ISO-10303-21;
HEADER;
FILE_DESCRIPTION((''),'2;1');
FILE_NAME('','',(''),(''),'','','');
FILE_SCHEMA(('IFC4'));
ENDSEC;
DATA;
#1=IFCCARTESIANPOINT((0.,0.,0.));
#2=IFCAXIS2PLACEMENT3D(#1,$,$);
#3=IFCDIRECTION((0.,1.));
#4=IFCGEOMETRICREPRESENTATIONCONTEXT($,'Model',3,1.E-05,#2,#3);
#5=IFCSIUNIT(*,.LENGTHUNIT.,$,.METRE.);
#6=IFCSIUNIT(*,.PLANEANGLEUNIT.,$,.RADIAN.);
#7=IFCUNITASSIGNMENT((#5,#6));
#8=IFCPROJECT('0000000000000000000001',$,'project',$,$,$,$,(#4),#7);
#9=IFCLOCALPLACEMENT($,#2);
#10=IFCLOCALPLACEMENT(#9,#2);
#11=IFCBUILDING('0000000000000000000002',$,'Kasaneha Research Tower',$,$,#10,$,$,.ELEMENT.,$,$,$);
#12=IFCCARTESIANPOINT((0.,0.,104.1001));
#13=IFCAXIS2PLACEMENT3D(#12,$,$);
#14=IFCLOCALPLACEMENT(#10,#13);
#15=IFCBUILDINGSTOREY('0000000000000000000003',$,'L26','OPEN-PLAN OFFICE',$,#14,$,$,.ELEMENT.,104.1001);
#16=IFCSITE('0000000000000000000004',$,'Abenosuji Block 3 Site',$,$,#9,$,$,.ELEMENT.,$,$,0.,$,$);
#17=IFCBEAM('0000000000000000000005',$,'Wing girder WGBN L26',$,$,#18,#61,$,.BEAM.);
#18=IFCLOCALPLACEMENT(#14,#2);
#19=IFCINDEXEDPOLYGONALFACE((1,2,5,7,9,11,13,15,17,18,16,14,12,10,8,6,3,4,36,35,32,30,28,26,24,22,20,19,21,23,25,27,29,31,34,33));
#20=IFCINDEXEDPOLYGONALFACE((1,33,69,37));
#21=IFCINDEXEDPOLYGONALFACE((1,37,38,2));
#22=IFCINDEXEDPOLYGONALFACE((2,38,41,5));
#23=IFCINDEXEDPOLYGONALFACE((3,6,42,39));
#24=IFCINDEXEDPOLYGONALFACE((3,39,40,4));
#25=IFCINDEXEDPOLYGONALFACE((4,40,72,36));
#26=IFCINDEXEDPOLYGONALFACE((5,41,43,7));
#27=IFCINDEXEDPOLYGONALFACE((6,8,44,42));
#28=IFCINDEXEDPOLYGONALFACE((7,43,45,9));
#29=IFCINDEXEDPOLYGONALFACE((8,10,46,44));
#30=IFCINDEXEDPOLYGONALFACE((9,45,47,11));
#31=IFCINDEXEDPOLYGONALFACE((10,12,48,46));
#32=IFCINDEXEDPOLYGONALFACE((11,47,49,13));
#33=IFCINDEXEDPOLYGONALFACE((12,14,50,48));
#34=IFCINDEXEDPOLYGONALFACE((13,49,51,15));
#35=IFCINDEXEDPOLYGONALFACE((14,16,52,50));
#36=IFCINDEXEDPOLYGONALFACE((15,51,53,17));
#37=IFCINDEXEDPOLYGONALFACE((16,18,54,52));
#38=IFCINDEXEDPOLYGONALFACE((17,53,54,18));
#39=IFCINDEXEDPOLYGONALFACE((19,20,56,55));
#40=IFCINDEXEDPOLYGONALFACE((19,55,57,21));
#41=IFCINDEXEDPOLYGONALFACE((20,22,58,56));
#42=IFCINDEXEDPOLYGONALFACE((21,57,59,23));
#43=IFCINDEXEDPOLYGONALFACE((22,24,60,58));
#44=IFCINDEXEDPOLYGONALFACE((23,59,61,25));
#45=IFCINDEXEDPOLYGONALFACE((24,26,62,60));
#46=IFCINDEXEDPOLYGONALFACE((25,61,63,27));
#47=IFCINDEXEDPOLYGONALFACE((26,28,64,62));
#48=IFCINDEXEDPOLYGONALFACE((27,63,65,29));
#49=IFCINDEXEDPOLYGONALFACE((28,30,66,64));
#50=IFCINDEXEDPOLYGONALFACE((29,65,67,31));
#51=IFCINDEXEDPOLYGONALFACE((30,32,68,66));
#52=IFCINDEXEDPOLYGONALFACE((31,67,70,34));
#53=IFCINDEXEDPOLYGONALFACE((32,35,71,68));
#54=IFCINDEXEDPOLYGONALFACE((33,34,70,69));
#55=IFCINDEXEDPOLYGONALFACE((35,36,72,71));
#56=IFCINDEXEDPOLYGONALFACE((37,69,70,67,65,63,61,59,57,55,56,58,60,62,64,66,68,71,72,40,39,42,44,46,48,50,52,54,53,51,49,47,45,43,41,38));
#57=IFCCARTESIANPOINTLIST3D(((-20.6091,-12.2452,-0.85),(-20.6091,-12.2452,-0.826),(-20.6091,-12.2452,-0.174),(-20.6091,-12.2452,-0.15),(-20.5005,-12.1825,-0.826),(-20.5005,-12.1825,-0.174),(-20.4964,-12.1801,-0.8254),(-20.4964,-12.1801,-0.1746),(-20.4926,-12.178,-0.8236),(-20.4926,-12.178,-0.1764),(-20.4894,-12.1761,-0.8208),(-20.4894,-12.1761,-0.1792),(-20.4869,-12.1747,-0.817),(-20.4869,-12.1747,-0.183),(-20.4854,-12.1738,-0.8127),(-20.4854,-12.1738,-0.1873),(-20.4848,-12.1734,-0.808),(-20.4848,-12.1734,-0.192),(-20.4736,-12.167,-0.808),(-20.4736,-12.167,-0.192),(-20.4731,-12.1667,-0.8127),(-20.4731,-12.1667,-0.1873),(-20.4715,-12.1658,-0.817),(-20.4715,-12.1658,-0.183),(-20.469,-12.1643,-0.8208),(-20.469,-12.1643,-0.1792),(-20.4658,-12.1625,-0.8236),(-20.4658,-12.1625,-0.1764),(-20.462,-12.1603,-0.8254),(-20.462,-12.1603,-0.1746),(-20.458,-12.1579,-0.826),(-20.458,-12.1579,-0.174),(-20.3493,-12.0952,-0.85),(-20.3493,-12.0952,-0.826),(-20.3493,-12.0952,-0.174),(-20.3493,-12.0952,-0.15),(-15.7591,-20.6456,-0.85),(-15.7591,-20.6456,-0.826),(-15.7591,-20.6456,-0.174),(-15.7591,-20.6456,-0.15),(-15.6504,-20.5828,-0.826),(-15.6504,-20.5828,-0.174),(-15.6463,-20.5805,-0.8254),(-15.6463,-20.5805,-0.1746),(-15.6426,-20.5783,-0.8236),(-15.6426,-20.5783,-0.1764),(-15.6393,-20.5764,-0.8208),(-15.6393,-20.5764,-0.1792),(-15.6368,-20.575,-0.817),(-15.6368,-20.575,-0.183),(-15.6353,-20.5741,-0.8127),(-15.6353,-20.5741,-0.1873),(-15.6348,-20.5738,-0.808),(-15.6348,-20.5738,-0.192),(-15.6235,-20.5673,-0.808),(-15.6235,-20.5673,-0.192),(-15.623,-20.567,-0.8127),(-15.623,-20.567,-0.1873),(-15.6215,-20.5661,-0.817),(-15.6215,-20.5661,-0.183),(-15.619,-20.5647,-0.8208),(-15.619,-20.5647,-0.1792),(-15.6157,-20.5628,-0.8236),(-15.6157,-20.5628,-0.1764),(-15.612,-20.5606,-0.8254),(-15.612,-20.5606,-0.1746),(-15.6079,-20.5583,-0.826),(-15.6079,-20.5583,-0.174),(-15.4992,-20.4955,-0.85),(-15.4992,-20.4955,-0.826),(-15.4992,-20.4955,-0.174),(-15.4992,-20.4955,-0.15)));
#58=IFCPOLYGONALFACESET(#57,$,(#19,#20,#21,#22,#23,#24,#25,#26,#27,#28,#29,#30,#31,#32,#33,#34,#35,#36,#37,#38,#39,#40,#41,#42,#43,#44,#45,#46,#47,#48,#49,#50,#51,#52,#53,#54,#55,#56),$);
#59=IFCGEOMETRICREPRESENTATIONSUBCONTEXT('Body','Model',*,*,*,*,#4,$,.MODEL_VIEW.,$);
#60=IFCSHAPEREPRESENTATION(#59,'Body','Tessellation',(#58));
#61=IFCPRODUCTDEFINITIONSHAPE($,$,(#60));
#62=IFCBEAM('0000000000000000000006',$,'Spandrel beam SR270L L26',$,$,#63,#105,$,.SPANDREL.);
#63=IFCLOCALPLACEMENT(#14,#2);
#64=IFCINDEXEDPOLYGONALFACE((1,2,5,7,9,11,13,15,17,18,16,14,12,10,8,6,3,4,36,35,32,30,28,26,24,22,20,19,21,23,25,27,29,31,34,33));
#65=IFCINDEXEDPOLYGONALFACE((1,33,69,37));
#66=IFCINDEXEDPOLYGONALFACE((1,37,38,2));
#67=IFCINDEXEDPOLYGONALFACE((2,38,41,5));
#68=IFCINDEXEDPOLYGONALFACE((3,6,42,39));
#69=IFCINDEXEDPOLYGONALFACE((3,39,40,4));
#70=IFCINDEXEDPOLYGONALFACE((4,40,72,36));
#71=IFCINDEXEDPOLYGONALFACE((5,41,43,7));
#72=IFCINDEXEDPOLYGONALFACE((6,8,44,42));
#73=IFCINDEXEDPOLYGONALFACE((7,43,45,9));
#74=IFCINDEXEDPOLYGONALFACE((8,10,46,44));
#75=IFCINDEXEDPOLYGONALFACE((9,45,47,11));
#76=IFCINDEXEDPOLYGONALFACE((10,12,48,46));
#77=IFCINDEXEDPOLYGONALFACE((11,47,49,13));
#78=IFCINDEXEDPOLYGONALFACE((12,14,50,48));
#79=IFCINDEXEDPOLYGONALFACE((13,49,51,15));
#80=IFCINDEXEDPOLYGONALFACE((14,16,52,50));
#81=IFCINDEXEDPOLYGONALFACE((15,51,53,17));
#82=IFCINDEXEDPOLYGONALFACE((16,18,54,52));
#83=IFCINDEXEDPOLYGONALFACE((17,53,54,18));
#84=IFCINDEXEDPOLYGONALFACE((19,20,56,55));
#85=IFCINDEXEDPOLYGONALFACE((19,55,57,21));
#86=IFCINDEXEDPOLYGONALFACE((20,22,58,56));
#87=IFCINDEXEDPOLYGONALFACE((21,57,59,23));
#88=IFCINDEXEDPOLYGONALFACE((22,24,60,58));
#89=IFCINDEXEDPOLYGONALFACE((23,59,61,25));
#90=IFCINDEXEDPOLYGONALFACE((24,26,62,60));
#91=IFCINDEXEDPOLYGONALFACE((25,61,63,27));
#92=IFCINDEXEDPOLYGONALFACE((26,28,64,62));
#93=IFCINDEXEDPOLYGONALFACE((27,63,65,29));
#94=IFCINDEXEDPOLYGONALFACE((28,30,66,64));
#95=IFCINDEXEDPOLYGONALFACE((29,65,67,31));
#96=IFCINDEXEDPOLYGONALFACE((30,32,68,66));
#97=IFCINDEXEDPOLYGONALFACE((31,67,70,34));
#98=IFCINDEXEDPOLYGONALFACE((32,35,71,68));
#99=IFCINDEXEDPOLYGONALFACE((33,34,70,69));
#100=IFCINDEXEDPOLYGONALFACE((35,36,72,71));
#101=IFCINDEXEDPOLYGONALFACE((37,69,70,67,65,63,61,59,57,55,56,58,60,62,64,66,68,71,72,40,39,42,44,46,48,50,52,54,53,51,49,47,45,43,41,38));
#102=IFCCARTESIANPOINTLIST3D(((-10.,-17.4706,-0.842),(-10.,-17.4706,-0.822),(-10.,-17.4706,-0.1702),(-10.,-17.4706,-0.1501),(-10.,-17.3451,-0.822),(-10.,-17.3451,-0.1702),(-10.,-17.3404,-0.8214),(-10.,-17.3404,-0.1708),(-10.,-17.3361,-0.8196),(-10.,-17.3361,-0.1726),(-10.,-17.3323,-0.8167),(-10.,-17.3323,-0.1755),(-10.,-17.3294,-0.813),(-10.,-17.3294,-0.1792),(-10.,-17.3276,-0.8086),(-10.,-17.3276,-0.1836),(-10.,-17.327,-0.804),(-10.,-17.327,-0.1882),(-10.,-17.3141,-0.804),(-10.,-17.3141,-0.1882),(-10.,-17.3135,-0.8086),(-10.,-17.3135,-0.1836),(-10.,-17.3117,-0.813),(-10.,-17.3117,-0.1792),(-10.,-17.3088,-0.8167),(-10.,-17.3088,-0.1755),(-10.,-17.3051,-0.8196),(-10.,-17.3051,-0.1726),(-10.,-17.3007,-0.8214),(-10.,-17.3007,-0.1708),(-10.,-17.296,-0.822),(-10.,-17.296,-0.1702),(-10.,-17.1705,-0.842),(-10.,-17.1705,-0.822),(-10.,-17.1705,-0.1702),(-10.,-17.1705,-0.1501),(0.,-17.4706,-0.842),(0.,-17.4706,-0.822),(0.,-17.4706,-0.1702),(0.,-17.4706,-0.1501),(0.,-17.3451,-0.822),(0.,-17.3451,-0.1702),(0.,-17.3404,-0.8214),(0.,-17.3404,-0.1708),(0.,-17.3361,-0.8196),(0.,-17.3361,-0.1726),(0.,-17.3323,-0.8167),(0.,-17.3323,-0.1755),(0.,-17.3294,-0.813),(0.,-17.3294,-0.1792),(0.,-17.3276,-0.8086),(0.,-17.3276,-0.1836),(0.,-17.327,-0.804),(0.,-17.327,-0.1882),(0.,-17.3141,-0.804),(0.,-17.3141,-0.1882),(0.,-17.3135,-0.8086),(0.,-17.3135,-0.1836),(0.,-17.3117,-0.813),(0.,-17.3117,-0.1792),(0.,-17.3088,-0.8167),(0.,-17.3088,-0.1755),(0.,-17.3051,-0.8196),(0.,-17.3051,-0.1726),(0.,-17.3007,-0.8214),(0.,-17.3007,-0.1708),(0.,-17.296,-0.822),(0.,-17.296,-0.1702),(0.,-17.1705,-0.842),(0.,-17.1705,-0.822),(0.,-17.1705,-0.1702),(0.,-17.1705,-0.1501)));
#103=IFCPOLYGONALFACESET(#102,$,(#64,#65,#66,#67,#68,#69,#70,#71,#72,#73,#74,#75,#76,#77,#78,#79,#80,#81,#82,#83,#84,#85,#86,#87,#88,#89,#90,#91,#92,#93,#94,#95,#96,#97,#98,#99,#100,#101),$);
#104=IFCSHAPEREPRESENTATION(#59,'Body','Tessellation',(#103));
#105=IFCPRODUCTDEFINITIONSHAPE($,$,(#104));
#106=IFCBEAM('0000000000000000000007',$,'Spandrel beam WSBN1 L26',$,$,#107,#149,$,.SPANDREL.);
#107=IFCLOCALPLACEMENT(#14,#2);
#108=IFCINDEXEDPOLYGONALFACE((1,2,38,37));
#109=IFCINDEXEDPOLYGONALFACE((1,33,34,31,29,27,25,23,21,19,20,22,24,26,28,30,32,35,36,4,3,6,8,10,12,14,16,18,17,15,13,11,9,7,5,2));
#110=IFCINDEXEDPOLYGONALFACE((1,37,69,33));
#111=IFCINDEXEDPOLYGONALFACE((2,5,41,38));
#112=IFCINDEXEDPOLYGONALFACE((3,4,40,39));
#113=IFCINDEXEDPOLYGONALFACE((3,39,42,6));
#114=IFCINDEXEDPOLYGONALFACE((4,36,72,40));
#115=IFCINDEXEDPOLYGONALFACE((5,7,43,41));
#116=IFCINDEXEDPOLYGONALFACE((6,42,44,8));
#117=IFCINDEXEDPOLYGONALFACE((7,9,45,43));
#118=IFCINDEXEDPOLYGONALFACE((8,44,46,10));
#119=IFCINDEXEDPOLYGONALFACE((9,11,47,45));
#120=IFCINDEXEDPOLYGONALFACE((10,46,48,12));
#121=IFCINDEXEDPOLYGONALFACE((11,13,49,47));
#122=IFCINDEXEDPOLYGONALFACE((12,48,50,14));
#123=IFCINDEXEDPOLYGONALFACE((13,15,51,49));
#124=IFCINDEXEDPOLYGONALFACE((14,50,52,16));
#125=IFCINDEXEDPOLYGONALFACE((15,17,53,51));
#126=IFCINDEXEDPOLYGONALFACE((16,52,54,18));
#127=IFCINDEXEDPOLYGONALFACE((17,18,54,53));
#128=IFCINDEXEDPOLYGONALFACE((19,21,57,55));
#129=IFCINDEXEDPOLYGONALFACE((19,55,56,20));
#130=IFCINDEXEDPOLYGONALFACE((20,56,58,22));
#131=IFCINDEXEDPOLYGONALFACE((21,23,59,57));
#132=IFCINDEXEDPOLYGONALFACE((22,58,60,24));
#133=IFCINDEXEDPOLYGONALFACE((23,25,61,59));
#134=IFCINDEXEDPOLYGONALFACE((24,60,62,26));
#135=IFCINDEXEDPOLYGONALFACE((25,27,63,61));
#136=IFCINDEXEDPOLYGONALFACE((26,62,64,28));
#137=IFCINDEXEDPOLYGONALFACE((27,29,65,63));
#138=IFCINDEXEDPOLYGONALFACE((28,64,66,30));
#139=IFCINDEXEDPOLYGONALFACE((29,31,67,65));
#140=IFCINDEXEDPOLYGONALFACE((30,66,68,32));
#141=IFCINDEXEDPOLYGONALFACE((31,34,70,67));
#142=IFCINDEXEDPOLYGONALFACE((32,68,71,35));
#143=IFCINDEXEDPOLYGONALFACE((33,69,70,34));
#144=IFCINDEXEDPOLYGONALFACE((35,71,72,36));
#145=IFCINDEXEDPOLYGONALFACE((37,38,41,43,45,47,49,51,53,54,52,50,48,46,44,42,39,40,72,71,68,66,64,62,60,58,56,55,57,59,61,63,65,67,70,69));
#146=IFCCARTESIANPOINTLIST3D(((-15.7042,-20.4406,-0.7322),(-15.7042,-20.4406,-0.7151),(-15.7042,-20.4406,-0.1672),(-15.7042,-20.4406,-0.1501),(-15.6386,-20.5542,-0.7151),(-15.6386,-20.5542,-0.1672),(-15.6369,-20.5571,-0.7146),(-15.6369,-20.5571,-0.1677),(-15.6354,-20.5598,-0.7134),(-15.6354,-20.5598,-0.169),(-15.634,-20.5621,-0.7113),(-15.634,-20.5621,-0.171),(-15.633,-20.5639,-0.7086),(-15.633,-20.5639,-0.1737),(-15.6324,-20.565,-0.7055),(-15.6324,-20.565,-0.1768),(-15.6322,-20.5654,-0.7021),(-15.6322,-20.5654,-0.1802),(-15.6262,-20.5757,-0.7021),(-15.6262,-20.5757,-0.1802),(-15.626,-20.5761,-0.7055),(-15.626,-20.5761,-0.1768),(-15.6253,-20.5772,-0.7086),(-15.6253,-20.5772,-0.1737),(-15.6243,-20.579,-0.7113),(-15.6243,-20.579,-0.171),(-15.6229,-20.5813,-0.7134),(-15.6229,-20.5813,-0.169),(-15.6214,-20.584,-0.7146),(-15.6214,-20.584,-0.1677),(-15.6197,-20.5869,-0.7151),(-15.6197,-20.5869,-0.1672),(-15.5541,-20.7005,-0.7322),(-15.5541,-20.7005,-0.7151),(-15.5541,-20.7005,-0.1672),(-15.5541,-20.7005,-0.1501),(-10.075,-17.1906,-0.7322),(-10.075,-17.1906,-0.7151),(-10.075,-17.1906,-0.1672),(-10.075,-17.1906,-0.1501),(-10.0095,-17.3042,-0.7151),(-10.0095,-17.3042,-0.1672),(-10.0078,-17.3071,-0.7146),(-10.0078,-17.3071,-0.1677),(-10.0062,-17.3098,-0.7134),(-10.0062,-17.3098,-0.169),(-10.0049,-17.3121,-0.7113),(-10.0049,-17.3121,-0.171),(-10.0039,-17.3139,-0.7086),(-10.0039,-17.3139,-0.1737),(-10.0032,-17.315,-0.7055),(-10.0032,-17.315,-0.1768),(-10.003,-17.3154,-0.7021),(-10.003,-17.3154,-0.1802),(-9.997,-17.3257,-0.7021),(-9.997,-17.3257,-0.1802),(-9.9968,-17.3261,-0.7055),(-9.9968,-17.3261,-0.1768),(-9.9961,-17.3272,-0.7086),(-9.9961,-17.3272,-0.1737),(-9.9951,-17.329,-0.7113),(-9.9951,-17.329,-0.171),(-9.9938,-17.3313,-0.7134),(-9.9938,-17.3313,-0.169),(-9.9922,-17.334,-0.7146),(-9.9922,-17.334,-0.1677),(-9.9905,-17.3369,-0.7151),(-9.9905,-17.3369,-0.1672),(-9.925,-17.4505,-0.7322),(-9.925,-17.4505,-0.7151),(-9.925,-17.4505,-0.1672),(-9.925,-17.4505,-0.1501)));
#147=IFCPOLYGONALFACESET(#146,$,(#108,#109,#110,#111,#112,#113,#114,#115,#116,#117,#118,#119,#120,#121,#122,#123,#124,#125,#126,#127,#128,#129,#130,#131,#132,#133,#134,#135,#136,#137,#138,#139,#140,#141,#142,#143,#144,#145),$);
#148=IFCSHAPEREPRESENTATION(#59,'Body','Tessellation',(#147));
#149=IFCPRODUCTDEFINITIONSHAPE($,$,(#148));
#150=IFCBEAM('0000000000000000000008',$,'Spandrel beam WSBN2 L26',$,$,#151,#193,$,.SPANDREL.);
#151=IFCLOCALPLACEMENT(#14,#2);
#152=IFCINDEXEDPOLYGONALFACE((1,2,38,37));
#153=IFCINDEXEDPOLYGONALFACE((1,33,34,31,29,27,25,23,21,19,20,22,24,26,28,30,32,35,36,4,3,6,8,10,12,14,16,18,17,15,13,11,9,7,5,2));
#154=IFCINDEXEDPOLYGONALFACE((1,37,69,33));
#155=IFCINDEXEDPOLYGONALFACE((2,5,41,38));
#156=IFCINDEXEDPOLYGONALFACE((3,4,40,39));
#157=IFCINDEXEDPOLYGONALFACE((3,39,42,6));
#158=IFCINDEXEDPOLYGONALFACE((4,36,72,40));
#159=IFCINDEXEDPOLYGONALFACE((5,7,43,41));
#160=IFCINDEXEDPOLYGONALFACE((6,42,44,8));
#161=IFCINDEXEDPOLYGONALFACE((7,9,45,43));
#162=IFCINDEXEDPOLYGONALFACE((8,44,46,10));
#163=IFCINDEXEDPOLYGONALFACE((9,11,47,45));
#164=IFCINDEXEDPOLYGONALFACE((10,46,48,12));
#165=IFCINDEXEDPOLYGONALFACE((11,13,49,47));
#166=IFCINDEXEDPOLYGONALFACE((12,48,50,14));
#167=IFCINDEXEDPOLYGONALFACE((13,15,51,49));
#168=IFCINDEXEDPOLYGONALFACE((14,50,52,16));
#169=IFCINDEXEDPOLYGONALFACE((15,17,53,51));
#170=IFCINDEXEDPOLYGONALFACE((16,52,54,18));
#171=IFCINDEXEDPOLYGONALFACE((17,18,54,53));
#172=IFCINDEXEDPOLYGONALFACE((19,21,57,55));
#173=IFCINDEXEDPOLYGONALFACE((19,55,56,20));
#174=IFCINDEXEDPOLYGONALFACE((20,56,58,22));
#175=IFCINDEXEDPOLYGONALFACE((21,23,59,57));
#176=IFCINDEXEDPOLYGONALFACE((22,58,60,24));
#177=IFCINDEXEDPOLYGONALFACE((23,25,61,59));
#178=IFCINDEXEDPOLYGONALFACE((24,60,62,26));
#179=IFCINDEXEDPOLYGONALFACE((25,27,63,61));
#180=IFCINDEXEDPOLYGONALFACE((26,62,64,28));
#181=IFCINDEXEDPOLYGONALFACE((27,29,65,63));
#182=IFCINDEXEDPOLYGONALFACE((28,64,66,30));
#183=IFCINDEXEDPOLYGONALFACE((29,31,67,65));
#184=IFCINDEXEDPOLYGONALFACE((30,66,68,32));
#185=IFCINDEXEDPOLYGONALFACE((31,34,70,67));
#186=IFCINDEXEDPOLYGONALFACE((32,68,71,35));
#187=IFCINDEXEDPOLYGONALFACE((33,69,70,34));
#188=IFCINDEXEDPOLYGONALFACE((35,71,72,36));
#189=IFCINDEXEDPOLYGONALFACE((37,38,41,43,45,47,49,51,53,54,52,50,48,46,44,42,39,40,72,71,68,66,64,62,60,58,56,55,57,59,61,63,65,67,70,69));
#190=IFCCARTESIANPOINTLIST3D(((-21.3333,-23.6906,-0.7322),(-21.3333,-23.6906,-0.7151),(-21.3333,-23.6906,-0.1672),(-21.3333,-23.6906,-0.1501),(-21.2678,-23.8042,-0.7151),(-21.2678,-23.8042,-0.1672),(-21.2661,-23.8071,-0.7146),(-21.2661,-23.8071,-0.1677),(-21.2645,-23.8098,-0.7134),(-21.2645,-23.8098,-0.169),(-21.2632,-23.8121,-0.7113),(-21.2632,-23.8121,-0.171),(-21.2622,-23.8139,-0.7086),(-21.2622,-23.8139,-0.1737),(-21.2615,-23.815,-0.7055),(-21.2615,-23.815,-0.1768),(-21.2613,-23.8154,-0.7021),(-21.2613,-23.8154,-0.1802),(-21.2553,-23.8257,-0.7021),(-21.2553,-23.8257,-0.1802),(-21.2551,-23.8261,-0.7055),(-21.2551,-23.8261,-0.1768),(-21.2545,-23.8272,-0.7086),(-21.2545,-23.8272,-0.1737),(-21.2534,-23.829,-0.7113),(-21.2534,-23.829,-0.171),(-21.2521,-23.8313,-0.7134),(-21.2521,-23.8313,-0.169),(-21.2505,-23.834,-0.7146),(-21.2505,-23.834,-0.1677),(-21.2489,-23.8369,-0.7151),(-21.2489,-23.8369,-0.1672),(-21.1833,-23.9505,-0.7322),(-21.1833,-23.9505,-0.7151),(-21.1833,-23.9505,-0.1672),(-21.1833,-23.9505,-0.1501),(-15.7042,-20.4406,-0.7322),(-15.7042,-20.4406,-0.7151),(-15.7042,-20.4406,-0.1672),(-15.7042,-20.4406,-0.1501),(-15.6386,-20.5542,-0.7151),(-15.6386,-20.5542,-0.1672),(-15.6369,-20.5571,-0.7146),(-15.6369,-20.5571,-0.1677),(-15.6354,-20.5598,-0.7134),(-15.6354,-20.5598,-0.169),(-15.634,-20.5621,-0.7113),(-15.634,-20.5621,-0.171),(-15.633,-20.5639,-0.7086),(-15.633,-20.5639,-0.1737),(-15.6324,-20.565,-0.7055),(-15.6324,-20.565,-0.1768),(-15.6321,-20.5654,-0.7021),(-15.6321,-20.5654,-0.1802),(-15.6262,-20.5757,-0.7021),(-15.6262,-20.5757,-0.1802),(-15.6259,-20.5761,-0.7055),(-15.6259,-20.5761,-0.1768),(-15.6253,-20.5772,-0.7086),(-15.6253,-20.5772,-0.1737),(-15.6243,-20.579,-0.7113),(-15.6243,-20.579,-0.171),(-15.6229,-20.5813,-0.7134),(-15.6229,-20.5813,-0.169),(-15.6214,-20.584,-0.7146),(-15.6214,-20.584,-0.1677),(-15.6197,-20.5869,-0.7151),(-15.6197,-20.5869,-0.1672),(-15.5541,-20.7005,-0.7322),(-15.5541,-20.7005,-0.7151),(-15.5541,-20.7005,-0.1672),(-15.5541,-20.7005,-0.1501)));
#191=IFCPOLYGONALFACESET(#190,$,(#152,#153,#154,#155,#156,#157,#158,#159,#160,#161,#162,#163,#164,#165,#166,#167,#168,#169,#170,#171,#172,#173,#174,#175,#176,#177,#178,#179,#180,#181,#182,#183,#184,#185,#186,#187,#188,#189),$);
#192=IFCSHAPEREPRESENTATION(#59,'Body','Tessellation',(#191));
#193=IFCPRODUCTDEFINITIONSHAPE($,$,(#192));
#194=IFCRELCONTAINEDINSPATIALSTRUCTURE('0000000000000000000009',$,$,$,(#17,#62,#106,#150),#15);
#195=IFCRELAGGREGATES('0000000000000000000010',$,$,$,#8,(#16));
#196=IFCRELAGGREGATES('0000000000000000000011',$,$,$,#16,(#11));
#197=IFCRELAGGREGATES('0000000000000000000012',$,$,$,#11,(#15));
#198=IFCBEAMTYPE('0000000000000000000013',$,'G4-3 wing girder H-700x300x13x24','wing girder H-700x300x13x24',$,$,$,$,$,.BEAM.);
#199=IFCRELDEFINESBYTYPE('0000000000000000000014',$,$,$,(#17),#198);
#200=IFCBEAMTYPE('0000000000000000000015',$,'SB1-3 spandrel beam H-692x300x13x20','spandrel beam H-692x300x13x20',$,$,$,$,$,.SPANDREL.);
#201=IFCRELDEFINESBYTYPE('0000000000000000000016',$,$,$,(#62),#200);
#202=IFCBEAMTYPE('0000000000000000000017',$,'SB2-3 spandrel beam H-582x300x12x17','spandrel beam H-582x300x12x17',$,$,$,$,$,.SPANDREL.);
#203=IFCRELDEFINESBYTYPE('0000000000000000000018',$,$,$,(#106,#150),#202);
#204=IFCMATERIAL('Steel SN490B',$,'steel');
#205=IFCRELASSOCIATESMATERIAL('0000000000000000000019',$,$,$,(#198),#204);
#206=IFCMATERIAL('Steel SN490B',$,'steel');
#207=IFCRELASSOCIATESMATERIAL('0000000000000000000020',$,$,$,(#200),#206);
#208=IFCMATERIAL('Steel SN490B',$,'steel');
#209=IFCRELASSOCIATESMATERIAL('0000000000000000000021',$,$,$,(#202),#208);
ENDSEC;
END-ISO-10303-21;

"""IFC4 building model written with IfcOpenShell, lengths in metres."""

from ifc_helpers import new_model, si_unit, direction, frame, origin, origin_2d, place, context, subcontext, project, spatial, i_section, extrude, material, material_profile, profile_set, type_object, element, save


model = new_model("IFC4")

# Units and contexts
model_context = context("Model", 3, precision=1e-05, world=origin(), true_north=direction((0.0, 1.0)))
body_context = subcontext(model_context, "Body", "Model", "MODEL_VIEW")
ifc_project = project(units=[si_unit("LENGTHUNIT", "METRE"), si_unit("PLANEANGLEUNIT", "RADIAN")], contexts=[model_context])

# Site, building, storey
site_placement = place(None, origin())
site = spatial("IfcSite", under=ifc_project, at=site_placement, Name="Abenosuji Block 3 Site", CompositionType="ELEMENT", RefElevation=0.0)
building_placement = place(site_placement, origin())
building = spatial("IfcBuilding", under=site, at=building_placement, Name="Kasaneha Research Tower", CompositionType="ELEMENT")
storey_placement = place(building_placement, frame((0.0, 0.0, 104.1001)))
storey = spatial("IfcBuildingStorey", under=building, at=storey_placement, Name="L26", Description="OPEN-PLAN OFFICE", CompositionType="ELEMENT", Elevation=104.1001)

# Beams
ifc_material_1 = material(Name="Steel SN490B", Category="steel")
ifc_material_profile_1 = material_profile(ifc_material_1, i_section(OverallWidth=0.3, OverallDepth=0.7, WebThickness=0.0129, FlangeThickness=0.0239, FilletRadius=0.0181, at=origin_2d()), Name="H-700x300x13x24")
ifc_profile_set_1 = profile_set([ifc_material_profile_1], Name="Steel SN490B")
beam_type_1 = type_object("IfcBeamType", Name="G4-3 wing girder H-700x300x13x24", Description="wing girder H-700x300x13x24", PredefinedType="BEAM", material=ifc_profile_set_1)
beam_1_placement = place(storey_placement, frame((-15.6292, -20.5706, -0.5), z_axis=(-0.50001, 0.86602, 0.0), x_axis=(-0.86602, -0.50001, 0.0)))
element("IfcBeam", 1, at=beam_1_placement, inside=storey, type_object=beam_type_1, Name="Wing girder WGBN L26", PredefinedType="BEAM", context=body_context, shape_type="SweptSolid", body=[
    extrude(i_section(OverallWidth=0.3, OverallDepth=0.7, WebThickness=0.0129, FlangeThickness=0.0239, FilletRadius=0.0181, at=origin_2d()), origin(), (0.0, 0.0, 1.0), 9.7),
])
ifc_material_2 = material(Name="Steel SN490B", Category="steel")
ifc_material_profile_2 = material_profile(ifc_material_2, i_section(OverallWidth=0.3, OverallDepth=0.6919, WebThickness=0.0129, FlangeThickness=0.02, FilletRadius=0.0181, at=origin_2d()), Name="H-692x300x13x20")
ifc_profile_set_2 = profile_set([ifc_material_profile_2], Name="Steel SN490B")
beam_type_2 = type_object("IfcBeamType", Name="SB1-3 spandrel beam H-692x300x13x20", Description="spandrel beam H-692x300x13x20", PredefinedType="SPANDREL", material=ifc_profile_set_2)
beam_2_placement = place(storey_placement, frame((-10.0, -17.3206, -0.4961), z_axis=(1.0, 0.0, 0.0), x_axis=(0.0, 1.0, 0.0)))
element("IfcBeam", 2, at=beam_2_placement, inside=storey, type_object=beam_type_2, Name="Spandrel beam SR270L L26", PredefinedType="SPANDREL", context=body_context, shape_type="SweptSolid", body=[
    extrude(i_section(OverallWidth=0.3, OverallDepth=0.6919, WebThickness=0.0129, FlangeThickness=0.02, FilletRadius=0.0181, at=origin_2d()), origin(), (0.0, 0.0, 1.0), 10.0),
])
ifc_material_3 = material(Name="Steel SN490B", Category="steel")
ifc_material_profile_3 = material_profile(ifc_material_3, i_section(OverallWidth=0.3, OverallDepth=0.582, WebThickness=0.012, FlangeThickness=0.0171, FilletRadius=0.0129, at=origin_2d()), Name="H-582x300x12x17")
ifc_profile_set_3 = profile_set([ifc_material_profile_3], Name="Steel SN490B")
beam_type_3 = type_object("IfcBeamType", Name="SB2-3 spandrel beam H-582x300x12x17", Description="spandrel beam H-582x300x12x17", PredefinedType="SPANDREL", material=ifc_profile_set_3)
for number, where, z_axis, x_axis, name in (
    (3, (-10.0, -17.3206, -0.4412), (-0.866025, -0.500001, 0.0), (0.500001, -0.866025, 0.0), "Spandrel beam WSBN1 L26"),
    (4, (-15.6292, -20.5706, -0.4412), (-0.866025, -0.500001, 0.0), (0.500001, -0.866025, 0.0), "Spandrel beam WSBN2 L26"),
):
    element("IfcBeam", number, at=place(storey_placement, frame(where, z_axis=z_axis, x_axis=x_axis)), inside=storey, type_object=beam_type_3, Name=name, PredefinedType="SPANDREL", context=body_context, shape_type="SweptSolid", body=[
        extrude(i_section(OverallWidth=0.3, OverallDepth=0.582, WebThickness=0.012, FlangeThickness=0.0171, FilletRadius=0.0129, at=origin_2d()), origin(), (0.0, 0.0, 1.0), 6.5),
    ])

save(model, "model.ifc")
